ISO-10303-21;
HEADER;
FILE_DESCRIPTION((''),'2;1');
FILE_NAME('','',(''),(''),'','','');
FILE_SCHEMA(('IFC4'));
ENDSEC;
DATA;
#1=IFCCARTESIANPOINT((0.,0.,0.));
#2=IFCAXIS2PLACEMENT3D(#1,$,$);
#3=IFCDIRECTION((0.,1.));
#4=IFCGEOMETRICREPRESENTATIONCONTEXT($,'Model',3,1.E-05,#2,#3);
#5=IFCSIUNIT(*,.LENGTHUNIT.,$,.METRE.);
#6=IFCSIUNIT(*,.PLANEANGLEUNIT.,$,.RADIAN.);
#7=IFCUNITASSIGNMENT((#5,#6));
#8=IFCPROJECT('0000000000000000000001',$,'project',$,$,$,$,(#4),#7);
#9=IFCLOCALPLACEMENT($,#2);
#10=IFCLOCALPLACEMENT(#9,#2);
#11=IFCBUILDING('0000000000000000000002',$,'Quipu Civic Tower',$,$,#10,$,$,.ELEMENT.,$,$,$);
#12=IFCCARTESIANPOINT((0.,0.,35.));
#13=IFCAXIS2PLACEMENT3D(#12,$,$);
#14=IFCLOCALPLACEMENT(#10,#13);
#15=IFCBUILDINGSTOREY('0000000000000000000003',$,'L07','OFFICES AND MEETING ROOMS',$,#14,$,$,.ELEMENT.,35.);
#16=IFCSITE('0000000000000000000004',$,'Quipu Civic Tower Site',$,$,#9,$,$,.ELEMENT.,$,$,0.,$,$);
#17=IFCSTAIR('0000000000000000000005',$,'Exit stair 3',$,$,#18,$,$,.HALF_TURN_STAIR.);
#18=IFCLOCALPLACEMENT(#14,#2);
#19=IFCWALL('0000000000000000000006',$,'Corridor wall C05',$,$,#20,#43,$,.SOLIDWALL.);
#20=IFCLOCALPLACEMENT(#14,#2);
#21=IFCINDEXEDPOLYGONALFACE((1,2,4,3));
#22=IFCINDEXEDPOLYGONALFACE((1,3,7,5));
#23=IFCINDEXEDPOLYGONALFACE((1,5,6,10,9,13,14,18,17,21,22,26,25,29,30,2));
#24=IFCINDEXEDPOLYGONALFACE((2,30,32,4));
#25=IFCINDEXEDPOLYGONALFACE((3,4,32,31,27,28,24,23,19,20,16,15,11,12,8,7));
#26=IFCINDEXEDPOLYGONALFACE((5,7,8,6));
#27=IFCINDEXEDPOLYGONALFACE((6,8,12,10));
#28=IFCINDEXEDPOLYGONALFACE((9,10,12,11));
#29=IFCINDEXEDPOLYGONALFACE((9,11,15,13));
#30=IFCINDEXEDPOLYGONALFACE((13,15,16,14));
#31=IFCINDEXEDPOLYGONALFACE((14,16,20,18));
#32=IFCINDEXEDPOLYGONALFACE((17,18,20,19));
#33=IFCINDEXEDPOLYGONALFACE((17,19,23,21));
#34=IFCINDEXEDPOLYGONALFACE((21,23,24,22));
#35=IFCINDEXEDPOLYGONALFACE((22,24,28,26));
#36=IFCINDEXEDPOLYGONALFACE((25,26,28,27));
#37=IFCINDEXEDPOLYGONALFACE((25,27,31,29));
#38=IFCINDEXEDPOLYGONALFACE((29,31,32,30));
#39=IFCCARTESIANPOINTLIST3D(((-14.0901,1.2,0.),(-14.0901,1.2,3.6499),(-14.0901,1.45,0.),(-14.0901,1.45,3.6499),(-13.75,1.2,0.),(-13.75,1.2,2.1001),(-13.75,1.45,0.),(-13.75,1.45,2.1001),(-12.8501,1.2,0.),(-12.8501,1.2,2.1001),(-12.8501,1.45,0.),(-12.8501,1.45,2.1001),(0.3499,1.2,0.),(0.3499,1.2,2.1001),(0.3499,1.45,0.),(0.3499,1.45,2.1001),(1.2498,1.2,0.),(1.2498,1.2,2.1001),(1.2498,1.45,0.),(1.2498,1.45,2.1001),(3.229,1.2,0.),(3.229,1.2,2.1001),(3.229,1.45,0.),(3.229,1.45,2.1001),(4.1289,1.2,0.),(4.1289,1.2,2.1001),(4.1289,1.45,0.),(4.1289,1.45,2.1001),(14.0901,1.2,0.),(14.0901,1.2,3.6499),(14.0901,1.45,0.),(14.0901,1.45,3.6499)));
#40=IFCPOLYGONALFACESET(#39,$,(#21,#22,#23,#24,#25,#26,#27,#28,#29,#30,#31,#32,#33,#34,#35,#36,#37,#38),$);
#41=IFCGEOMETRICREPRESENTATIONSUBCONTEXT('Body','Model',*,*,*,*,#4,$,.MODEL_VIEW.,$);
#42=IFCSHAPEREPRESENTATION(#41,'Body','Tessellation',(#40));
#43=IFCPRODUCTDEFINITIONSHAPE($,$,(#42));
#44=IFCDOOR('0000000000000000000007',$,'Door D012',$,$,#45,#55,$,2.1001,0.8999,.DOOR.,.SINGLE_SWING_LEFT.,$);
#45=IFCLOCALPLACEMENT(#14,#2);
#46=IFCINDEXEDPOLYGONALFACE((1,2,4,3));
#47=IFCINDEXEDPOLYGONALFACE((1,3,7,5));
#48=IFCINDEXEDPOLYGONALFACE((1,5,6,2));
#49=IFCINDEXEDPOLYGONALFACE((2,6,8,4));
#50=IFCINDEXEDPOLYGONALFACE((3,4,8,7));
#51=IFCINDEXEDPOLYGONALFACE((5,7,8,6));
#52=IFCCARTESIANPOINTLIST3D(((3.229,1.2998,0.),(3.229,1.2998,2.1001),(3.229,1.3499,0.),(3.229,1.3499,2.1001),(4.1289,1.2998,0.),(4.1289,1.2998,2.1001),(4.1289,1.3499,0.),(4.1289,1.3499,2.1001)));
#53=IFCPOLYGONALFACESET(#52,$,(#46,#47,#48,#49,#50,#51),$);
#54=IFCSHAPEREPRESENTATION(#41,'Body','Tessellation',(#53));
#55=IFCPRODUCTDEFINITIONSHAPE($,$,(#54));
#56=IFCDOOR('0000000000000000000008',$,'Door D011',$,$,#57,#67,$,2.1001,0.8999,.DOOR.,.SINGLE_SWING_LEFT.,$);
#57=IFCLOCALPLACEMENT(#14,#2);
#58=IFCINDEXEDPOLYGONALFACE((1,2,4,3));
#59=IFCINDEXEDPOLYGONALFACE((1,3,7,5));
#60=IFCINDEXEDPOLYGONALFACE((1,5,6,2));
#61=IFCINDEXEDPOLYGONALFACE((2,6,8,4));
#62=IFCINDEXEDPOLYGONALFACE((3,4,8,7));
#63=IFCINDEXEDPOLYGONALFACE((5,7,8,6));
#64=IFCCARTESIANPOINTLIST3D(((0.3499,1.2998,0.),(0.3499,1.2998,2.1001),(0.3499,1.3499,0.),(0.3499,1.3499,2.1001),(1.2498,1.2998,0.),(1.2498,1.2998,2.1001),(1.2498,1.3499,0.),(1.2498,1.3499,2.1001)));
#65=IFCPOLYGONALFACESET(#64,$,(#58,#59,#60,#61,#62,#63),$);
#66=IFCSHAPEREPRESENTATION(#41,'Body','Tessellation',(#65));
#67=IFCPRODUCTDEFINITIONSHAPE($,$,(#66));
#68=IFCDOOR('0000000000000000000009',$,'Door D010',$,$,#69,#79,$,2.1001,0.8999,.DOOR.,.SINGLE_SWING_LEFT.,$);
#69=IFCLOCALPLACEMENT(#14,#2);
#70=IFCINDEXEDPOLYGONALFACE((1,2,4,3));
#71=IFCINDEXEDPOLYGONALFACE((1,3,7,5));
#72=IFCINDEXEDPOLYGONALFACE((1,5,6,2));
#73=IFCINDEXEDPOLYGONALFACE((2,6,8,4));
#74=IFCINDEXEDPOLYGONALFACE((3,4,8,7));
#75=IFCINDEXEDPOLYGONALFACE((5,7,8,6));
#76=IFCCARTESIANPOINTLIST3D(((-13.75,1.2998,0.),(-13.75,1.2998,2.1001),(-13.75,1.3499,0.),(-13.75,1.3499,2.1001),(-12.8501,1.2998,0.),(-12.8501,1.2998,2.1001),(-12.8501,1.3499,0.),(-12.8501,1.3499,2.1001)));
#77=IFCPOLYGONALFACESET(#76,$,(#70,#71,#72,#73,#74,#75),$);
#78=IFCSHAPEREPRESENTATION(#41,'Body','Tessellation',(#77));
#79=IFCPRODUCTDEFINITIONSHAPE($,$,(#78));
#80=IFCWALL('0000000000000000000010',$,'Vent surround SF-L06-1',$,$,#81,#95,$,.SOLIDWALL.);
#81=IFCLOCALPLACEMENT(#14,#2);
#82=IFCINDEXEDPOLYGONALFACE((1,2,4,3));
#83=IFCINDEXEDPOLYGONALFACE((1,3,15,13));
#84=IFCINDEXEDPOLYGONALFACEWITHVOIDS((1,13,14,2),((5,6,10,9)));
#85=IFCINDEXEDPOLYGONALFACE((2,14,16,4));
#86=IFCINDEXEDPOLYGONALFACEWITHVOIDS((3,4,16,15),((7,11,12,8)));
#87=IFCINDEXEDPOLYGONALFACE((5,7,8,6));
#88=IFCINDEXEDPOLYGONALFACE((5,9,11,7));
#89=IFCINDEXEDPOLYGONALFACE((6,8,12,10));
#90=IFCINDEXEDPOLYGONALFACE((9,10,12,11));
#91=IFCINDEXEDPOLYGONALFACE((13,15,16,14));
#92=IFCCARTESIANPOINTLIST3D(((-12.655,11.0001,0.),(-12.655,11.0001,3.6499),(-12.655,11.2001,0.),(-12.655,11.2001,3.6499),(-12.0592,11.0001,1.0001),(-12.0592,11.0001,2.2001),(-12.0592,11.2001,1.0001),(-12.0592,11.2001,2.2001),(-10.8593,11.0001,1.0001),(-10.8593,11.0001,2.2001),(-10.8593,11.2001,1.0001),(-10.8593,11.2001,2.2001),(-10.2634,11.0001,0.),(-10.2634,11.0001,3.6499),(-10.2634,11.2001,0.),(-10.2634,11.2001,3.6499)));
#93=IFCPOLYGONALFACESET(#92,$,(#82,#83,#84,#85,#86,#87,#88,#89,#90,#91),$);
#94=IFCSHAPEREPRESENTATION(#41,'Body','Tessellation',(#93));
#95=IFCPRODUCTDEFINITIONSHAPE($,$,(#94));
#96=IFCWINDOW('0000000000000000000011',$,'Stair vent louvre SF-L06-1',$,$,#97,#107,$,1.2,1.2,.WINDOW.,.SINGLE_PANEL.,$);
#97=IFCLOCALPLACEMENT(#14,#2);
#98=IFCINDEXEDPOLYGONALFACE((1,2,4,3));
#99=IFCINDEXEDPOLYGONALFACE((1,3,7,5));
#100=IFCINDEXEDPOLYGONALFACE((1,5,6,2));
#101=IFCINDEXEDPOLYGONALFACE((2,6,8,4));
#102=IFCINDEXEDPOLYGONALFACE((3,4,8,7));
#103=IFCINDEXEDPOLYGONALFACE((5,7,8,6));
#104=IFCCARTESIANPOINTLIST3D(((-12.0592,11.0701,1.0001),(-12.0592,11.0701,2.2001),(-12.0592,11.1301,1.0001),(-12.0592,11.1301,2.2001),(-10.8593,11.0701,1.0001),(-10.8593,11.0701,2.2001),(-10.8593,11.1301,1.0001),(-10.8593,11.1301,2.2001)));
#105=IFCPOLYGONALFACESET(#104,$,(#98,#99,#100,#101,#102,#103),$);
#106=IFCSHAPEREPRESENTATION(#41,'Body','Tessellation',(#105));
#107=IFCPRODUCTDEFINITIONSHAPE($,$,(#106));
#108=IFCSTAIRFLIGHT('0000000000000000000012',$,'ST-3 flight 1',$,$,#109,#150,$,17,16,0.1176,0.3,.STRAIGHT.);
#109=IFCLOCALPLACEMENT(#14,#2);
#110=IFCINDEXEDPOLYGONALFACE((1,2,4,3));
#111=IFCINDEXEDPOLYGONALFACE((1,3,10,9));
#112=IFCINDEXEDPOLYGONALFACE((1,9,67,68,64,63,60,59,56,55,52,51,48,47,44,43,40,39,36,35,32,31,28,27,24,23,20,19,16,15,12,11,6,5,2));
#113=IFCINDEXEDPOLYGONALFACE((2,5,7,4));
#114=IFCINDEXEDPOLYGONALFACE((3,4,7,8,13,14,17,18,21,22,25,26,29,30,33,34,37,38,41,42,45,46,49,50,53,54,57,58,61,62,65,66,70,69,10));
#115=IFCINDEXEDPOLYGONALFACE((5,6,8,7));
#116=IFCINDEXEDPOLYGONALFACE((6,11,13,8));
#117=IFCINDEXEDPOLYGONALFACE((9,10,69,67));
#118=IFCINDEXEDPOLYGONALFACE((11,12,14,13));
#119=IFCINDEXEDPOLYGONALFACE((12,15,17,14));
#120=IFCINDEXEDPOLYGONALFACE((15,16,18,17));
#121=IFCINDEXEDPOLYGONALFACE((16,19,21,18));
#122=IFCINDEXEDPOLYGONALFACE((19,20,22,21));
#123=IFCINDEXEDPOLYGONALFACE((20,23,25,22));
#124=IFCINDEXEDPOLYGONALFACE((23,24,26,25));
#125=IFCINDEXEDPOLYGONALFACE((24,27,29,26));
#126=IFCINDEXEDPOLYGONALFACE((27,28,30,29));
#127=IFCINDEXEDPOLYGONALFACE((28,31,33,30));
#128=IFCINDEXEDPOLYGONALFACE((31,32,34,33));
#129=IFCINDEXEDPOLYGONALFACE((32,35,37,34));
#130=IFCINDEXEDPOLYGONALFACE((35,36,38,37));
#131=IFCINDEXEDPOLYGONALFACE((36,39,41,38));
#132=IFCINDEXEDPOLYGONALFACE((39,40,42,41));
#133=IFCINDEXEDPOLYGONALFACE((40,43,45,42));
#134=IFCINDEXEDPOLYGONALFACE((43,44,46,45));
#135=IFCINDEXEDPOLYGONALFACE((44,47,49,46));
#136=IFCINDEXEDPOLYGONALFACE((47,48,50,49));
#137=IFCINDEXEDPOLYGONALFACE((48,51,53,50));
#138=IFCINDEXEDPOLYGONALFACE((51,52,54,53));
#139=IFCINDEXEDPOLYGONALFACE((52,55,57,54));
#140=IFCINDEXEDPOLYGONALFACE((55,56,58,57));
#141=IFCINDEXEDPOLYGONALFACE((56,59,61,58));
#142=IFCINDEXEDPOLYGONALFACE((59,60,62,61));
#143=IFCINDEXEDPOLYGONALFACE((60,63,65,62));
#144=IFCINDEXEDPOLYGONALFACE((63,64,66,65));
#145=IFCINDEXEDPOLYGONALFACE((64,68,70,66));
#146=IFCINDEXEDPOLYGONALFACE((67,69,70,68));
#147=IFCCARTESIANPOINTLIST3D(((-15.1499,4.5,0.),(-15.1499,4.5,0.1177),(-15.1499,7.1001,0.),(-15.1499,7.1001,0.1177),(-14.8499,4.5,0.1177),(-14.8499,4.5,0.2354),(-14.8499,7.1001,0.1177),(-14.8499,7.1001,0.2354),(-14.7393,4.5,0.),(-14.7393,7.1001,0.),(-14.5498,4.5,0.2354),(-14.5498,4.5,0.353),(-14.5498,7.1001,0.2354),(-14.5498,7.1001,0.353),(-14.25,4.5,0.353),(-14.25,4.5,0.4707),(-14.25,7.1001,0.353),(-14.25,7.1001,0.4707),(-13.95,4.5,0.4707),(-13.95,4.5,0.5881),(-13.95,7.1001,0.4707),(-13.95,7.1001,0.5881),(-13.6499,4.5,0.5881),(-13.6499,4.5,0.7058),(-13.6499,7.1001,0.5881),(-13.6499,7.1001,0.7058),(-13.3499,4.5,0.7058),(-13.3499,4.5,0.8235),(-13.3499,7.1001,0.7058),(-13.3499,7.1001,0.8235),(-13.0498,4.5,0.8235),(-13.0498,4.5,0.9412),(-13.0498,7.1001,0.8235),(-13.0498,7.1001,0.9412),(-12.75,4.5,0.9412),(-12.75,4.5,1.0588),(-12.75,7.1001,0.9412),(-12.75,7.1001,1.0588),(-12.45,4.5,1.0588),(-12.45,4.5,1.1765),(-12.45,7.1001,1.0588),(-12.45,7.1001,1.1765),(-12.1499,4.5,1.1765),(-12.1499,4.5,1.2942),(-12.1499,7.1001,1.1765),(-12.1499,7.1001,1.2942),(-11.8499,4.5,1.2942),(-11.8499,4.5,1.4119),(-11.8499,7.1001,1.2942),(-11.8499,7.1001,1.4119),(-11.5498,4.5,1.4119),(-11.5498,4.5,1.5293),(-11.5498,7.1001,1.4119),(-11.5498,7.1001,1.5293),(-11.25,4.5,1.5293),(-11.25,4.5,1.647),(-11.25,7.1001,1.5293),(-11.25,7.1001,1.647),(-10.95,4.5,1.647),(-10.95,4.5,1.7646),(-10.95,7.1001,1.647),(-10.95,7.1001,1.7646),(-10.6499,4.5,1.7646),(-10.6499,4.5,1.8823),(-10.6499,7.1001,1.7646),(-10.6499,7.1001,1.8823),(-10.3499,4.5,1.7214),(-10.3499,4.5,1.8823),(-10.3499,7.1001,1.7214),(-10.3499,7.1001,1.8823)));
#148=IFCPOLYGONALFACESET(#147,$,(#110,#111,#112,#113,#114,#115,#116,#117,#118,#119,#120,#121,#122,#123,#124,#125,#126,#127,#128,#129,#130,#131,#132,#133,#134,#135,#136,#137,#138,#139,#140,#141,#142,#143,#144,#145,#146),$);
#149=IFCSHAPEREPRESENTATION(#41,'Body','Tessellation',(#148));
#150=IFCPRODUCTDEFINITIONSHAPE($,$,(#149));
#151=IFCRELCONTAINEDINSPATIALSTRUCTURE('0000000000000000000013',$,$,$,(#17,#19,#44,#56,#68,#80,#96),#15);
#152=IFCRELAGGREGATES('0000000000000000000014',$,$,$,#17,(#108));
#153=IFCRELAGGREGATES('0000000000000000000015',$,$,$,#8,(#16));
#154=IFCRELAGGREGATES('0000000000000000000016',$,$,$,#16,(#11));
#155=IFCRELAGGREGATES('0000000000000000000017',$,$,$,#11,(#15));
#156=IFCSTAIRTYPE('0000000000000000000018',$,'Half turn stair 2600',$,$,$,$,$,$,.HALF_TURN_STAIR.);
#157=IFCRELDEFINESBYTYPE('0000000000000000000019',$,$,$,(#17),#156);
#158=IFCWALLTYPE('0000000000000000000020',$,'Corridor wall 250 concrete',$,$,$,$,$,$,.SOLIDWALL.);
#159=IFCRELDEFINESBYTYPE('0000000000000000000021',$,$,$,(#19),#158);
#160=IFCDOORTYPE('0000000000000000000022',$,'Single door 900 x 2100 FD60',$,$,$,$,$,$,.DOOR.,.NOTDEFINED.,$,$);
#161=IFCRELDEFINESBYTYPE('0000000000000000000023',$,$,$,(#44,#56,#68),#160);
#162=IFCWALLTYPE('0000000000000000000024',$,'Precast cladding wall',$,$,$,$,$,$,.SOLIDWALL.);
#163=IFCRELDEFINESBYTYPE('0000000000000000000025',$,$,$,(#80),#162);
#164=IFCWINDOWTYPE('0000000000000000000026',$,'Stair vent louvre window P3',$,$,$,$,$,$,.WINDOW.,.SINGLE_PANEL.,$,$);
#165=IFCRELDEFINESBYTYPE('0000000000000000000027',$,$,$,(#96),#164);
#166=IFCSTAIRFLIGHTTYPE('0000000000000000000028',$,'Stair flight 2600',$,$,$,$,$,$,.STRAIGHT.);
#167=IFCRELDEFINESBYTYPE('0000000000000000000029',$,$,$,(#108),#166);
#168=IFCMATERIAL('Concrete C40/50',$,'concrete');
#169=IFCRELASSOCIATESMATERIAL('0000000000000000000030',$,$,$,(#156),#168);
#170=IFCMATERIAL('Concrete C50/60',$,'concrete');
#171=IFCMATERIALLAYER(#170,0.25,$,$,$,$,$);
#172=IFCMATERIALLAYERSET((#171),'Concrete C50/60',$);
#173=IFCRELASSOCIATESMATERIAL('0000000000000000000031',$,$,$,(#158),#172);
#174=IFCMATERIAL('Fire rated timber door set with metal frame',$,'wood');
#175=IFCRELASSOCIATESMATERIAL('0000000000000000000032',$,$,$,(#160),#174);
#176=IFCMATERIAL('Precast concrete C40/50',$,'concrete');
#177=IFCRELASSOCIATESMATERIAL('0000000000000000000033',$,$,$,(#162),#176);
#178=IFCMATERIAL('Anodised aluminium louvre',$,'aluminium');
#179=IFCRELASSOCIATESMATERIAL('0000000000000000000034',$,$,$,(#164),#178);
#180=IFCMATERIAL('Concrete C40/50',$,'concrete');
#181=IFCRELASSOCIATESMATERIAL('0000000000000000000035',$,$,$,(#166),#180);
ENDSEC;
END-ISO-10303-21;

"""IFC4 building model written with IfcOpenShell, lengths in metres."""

from ifc_helpers import new_model, si_unit, direction, frame, frame_2d, origin, place, context, subcontext, project, spatial, polyline, rectangle, outline, extrude, material, layer, layer_set, type_object, element, fill, aggregate, save


model = new_model("IFC4")

# Units and contexts
model_context = context("Model", 3, precision=1e-05, world=origin(), true_north=direction((0.0, 1.0)))
body_context = subcontext(model_context, "Body", "Model", "MODEL_VIEW")
ifc_project = project(units=[si_unit("LENGTHUNIT", "METRE"), si_unit("PLANEANGLEUNIT", "RADIAN")], contexts=[model_context])

# Site, building, storey
site_placement = place(None, origin())
site = spatial("IfcSite", under=ifc_project, at=site_placement, Name="Quipu Civic Tower Site", CompositionType="ELEMENT", RefElevation=0.0)
building_placement = place(site_placement, origin())
building = spatial("IfcBuilding", under=site, at=building_placement, Name="Quipu Civic Tower", CompositionType="ELEMENT")
storey_placement = place(building_placement, frame((0.0, 0.0, 35.0)))
storey = spatial("IfcBuildingStorey", under=building, at=storey_placement, Name="L07", Description="OFFICES AND MEETING ROOMS", CompositionType="ELEMENT", Elevation=35.0)

# Stair
ifc_material_1 = material(Name="Concrete C40/50", Category="concrete")
stair_type_1 = type_object("IfcStairType", Name="Half turn stair 2600", PredefinedType="HALF_TURN_STAIR", material=ifc_material_1)
stair_1_placement = place(storey_placement, origin())
stair_1 = element("IfcStair", 1, at=stair_1_placement, inside=storey, type_object=stair_type_1, Name="Exit stair 3", PredefinedType="HALF_TURN_STAIR")

# Wall, openings, doors
ifc_material_2 = material(Name="Concrete C50/60", Category="concrete")
ifc_layer_1 = layer(ifc_material_2, 0.25)
ifc_layer_set_1 = layer_set([ifc_layer_1], Name="Concrete C50/60")
wall_type_1 = type_object("IfcWallType", Name="Corridor wall 250 concrete", PredefinedType="SOLIDWALL", material=ifc_layer_set_1)
wall_1_placement = place(storey_placement, frame((-14.0901, 1.325, 0.0), z_axis=(0.0, 0.0, 1.0), x_axis=(1.0, 0.0, 0.0)))
wall_1 = element("IfcWall", 2, at=wall_1_placement, inside=storey, type_object=wall_type_1, Name="Corridor wall C05", PredefinedType="SOLIDWALL", context=body_context, shape_type="SweptSolid", body=[
    extrude(rectangle(XDim=28.1802, YDim=0.25, at=frame_2d((14.0901, 0.0))), origin(), (0.0, 0.0, 1.0), 3.6499),
])
opening_1_placement = place(wall_1_placement, frame((17.3191, 0.0, 0.0)))
opening_1 = element("IfcOpeningElement", 3, at=opening_1_placement, cuts=wall_1, PredefinedType="OPENING", context=body_context, shape_type="SweptSolid", body=[
    extrude(rectangle(XDim=0.8999, YDim=2.1001, at=frame_2d((0.45, 1.05))), frame((0.0, 0.135, 0.0), z_axis=(0.0, -1.0, 0.0), x_axis=(1.0, 0.0, 0.0)), (0.0, 0.0, 1.0), 0.27),
])
opening_2_placement = place(wall_1_placement, frame((14.4399, 0.0, 0.0)))
opening_2 = element("IfcOpeningElement", 4, at=opening_2_placement, cuts=wall_1, PredefinedType="OPENING", context=body_context, shape_type="SweptSolid", body=[
    extrude(rectangle(XDim=0.8999, YDim=2.1001, at=frame_2d((0.45, 1.05))), frame((0.0, 0.135, 0.0), z_axis=(0.0, -1.0, 0.0), x_axis=(1.0, 0.0, 0.0)), (0.0, 0.0, 1.0), 0.27),
])
opening_3_placement = place(wall_1_placement, frame((0.3401, 0.0, 0.0)))
opening_3 = element("IfcOpeningElement", 5, at=opening_3_placement, cuts=wall_1, PredefinedType="OPENING", context=body_context, shape_type="SweptSolid", body=[
    extrude(rectangle(XDim=0.8999, YDim=2.1001, at=frame_2d((0.45, 1.05))), frame((0.0, 0.135, 0.0), z_axis=(0.0, -1.0, 0.0), x_axis=(1.0, 0.0, 0.0)), (0.0, 0.0, 1.0), 0.27),
])
ifc_material_3 = material(Name="Fire rated timber door set with metal frame", Category="wood")
door_type = type_object("IfcDoorType", Name="Single door 900 x 2100 FD60", OperationType="NOTDEFINED", PredefinedType="DOOR", material=ifc_material_3)
door_1_placement = place(opening_1_placement, origin())
door_1 = element("IfcDoor", 6, at=door_1_placement, inside=storey, type_object=door_type, Name="Door D012", OperationType="SINGLE_SWING_LEFT", OverallHeight=2.1001, OverallWidth=0.8999, PredefinedType="DOOR", context=body_context, shape_type="SweptSolid", body=[
    extrude(rectangle(XDim=0.8999, YDim=2.1001, at=frame_2d((0.45, 1.05))), frame((0.0, 0.0249, 0.0), z_axis=(0.0, -1.0, 0.0), x_axis=(1.0, 0.0, 0.0)), (0.0, 0.0, 1.0), 0.05),
])
fill(opening_1, door_1)
door_2_placement = place(opening_2_placement, origin())
door_2 = element("IfcDoor", 7, at=door_2_placement, inside=storey, type_object=door_type, Name="Door D011", OperationType="SINGLE_SWING_LEFT", OverallHeight=2.1001, OverallWidth=0.8999, PredefinedType="DOOR", context=body_context, shape_type="SweptSolid", body=[
    extrude(rectangle(XDim=0.8999, YDim=2.1001, at=frame_2d((0.45, 1.05))), frame((0.0, 0.0249, 0.0), z_axis=(0.0, -1.0, 0.0), x_axis=(1.0, 0.0, 0.0)), (0.0, 0.0, 1.0), 0.05),
])
fill(opening_2, door_2)
door_3_placement = place(opening_3_placement, origin())
door_3 = element("IfcDoor", 8, at=door_3_placement, inside=storey, type_object=door_type, Name="Door D010", OperationType="SINGLE_SWING_LEFT", OverallHeight=2.1001, OverallWidth=0.8999, PredefinedType="DOOR", context=body_context, shape_type="SweptSolid", body=[
    extrude(rectangle(XDim=0.8999, YDim=2.1001, at=frame_2d((0.45, 1.05))), frame((0.0, 0.0249, 0.0), z_axis=(0.0, -1.0, 0.0), x_axis=(1.0, 0.0, 0.0)), (0.0, 0.0, 1.0), 0.05),
])
fill(opening_3, door_3)

# Wall, opening, window
ifc_material_4 = material(Name="Precast concrete C40/50", Category="concrete")
wall_type_2 = type_object("IfcWallType", Name="Precast cladding wall", PredefinedType="SOLIDWALL", material=ifc_material_4)
wall_2_placement = place(storey_placement, frame((-10.2634, 11.1001, 0.0), z_axis=(0.0, 0.0, 1.0), x_axis=(-1.0, 0.0, 0.0)))
wall_2 = element("IfcWall", 9, at=wall_2_placement, inside=storey, type_object=wall_type_2, Name="Vent surround SF-L06-1", PredefinedType="SOLIDWALL", context=body_context, shape_type="SweptSolid", body=[
    extrude(rectangle(XDim=2.3916, YDim=0.2, at=frame_2d((1.1958, 0.0))), origin(), (0.0, 0.0, 1.0), 3.6499),
])
opening_4_placement = place(wall_2_placement, frame((0.5957, 0.0, 1.0)))
opening_4 = element("IfcOpeningElement", 10, at=opening_4_placement, cuts=wall_2, PredefinedType="OPENING", context=body_context, shape_type="SweptSolid", body=[
    extrude(rectangle(XDim=1.2, YDim=1.2, at=frame_2d((0.6001, 0.6001))), frame((0.0, 0.1099, 0.0), z_axis=(0.0, -1.0, 0.0), x_axis=(1.0, 0.0, 0.0)), (0.0, 0.0, 1.0), 0.22),
])
ifc_material_5 = material(Name="Anodised aluminium louvre", Category="aluminium")
window_type = type_object("IfcWindowType", Name="Stair vent louvre window P3", PartitioningType="SINGLE_PANEL", PredefinedType="WINDOW", material=ifc_material_5)
window_placement = place(opening_4_placement, origin())
window = element("IfcWindow", 11, at=window_placement, inside=storey, type_object=window_type, Name="Stair vent louvre SF-L06-1", OverallHeight=1.2, OverallWidth=1.2, PartitioningType="SINGLE_PANEL", PredefinedType="WINDOW", context=body_context, shape_type="SweptSolid", body=[
    extrude(rectangle(XDim=1.2, YDim=1.2, at=frame_2d((0.6001, 0.6001))), frame((0.0, 0.03, 0.0), z_axis=(0.0, -1.0, 0.0), x_axis=(1.0, 0.0, 0.0)), (0.0, 0.0, 1.0), 0.0601),
])
fill(opening_4, window)

# Stair flight
ifc_material_6 = material(Name="Concrete C40/50", Category="concrete")
stair_flight_type = type_object("IfcStairFlightType", Name="Stair flight 2600", PredefinedType="STRAIGHT", material=ifc_material_6)
stair_flight_1_placement = place(storey_placement, frame((-15.1499, 5.8, 0.0), z_axis=(0.0, 0.0, 1.0), x_axis=(1.0, 0.0, 0.0)))
stair_flight_1 = element("IfcStairFlight", 12, at=stair_flight_1_placement, type_object=stair_flight_type, Name="ST-3 flight 1", NumberOfRisers=17, NumberOfTreads=16, PredefinedType="STRAIGHT", RiserHeight=0.1176, TreadLength=0.3, context=body_context, shape_type="SweptSolid", body=[
    extrude(outline(polyline([(0.0, 0.0), (0.0, 0.1177), (0.3, 0.1177), (0.3, 0.2354), (0.6001, 0.2354), (0.6001, 0.353), (0.8999, 0.353), (0.8999, 0.4707), (1.2, 0.4707), (1.2, 0.5881), (1.5, 0.5881), (1.5, 0.7058), (1.8, 0.7058), (1.8, 0.8235), (2.1001, 0.8235), (2.1001, 0.9412), (2.3999, 0.9412), (2.3999, 1.0588), (2.7, 1.0588), (2.7, 1.1765), (3.0, 1.1765), (3.0, 1.2942), (3.3, 1.2942), (3.3, 1.4119), (3.6001, 1.4119), (3.6001, 1.5293), (3.8999, 1.5293), (3.8999, 1.647), (4.2, 1.647), (4.2, 1.7646), (4.5, 1.7646), (4.5, 1.8823), (4.8, 1.8823), (4.8, 2.0), (4.8, 1.7214), (0.4106, 0.0), (0.0, 0.0)])), frame((0.0, 1.3, 0.0), z_axis=(0.0, -1.0, 0.0), x_axis=(1.0, 0.0, 0.0)), (0.0, 0.0, 1.0), 2.6001),
])
aggregate(stair_1, [stair_flight_1])

save(model, "model.ifc")
